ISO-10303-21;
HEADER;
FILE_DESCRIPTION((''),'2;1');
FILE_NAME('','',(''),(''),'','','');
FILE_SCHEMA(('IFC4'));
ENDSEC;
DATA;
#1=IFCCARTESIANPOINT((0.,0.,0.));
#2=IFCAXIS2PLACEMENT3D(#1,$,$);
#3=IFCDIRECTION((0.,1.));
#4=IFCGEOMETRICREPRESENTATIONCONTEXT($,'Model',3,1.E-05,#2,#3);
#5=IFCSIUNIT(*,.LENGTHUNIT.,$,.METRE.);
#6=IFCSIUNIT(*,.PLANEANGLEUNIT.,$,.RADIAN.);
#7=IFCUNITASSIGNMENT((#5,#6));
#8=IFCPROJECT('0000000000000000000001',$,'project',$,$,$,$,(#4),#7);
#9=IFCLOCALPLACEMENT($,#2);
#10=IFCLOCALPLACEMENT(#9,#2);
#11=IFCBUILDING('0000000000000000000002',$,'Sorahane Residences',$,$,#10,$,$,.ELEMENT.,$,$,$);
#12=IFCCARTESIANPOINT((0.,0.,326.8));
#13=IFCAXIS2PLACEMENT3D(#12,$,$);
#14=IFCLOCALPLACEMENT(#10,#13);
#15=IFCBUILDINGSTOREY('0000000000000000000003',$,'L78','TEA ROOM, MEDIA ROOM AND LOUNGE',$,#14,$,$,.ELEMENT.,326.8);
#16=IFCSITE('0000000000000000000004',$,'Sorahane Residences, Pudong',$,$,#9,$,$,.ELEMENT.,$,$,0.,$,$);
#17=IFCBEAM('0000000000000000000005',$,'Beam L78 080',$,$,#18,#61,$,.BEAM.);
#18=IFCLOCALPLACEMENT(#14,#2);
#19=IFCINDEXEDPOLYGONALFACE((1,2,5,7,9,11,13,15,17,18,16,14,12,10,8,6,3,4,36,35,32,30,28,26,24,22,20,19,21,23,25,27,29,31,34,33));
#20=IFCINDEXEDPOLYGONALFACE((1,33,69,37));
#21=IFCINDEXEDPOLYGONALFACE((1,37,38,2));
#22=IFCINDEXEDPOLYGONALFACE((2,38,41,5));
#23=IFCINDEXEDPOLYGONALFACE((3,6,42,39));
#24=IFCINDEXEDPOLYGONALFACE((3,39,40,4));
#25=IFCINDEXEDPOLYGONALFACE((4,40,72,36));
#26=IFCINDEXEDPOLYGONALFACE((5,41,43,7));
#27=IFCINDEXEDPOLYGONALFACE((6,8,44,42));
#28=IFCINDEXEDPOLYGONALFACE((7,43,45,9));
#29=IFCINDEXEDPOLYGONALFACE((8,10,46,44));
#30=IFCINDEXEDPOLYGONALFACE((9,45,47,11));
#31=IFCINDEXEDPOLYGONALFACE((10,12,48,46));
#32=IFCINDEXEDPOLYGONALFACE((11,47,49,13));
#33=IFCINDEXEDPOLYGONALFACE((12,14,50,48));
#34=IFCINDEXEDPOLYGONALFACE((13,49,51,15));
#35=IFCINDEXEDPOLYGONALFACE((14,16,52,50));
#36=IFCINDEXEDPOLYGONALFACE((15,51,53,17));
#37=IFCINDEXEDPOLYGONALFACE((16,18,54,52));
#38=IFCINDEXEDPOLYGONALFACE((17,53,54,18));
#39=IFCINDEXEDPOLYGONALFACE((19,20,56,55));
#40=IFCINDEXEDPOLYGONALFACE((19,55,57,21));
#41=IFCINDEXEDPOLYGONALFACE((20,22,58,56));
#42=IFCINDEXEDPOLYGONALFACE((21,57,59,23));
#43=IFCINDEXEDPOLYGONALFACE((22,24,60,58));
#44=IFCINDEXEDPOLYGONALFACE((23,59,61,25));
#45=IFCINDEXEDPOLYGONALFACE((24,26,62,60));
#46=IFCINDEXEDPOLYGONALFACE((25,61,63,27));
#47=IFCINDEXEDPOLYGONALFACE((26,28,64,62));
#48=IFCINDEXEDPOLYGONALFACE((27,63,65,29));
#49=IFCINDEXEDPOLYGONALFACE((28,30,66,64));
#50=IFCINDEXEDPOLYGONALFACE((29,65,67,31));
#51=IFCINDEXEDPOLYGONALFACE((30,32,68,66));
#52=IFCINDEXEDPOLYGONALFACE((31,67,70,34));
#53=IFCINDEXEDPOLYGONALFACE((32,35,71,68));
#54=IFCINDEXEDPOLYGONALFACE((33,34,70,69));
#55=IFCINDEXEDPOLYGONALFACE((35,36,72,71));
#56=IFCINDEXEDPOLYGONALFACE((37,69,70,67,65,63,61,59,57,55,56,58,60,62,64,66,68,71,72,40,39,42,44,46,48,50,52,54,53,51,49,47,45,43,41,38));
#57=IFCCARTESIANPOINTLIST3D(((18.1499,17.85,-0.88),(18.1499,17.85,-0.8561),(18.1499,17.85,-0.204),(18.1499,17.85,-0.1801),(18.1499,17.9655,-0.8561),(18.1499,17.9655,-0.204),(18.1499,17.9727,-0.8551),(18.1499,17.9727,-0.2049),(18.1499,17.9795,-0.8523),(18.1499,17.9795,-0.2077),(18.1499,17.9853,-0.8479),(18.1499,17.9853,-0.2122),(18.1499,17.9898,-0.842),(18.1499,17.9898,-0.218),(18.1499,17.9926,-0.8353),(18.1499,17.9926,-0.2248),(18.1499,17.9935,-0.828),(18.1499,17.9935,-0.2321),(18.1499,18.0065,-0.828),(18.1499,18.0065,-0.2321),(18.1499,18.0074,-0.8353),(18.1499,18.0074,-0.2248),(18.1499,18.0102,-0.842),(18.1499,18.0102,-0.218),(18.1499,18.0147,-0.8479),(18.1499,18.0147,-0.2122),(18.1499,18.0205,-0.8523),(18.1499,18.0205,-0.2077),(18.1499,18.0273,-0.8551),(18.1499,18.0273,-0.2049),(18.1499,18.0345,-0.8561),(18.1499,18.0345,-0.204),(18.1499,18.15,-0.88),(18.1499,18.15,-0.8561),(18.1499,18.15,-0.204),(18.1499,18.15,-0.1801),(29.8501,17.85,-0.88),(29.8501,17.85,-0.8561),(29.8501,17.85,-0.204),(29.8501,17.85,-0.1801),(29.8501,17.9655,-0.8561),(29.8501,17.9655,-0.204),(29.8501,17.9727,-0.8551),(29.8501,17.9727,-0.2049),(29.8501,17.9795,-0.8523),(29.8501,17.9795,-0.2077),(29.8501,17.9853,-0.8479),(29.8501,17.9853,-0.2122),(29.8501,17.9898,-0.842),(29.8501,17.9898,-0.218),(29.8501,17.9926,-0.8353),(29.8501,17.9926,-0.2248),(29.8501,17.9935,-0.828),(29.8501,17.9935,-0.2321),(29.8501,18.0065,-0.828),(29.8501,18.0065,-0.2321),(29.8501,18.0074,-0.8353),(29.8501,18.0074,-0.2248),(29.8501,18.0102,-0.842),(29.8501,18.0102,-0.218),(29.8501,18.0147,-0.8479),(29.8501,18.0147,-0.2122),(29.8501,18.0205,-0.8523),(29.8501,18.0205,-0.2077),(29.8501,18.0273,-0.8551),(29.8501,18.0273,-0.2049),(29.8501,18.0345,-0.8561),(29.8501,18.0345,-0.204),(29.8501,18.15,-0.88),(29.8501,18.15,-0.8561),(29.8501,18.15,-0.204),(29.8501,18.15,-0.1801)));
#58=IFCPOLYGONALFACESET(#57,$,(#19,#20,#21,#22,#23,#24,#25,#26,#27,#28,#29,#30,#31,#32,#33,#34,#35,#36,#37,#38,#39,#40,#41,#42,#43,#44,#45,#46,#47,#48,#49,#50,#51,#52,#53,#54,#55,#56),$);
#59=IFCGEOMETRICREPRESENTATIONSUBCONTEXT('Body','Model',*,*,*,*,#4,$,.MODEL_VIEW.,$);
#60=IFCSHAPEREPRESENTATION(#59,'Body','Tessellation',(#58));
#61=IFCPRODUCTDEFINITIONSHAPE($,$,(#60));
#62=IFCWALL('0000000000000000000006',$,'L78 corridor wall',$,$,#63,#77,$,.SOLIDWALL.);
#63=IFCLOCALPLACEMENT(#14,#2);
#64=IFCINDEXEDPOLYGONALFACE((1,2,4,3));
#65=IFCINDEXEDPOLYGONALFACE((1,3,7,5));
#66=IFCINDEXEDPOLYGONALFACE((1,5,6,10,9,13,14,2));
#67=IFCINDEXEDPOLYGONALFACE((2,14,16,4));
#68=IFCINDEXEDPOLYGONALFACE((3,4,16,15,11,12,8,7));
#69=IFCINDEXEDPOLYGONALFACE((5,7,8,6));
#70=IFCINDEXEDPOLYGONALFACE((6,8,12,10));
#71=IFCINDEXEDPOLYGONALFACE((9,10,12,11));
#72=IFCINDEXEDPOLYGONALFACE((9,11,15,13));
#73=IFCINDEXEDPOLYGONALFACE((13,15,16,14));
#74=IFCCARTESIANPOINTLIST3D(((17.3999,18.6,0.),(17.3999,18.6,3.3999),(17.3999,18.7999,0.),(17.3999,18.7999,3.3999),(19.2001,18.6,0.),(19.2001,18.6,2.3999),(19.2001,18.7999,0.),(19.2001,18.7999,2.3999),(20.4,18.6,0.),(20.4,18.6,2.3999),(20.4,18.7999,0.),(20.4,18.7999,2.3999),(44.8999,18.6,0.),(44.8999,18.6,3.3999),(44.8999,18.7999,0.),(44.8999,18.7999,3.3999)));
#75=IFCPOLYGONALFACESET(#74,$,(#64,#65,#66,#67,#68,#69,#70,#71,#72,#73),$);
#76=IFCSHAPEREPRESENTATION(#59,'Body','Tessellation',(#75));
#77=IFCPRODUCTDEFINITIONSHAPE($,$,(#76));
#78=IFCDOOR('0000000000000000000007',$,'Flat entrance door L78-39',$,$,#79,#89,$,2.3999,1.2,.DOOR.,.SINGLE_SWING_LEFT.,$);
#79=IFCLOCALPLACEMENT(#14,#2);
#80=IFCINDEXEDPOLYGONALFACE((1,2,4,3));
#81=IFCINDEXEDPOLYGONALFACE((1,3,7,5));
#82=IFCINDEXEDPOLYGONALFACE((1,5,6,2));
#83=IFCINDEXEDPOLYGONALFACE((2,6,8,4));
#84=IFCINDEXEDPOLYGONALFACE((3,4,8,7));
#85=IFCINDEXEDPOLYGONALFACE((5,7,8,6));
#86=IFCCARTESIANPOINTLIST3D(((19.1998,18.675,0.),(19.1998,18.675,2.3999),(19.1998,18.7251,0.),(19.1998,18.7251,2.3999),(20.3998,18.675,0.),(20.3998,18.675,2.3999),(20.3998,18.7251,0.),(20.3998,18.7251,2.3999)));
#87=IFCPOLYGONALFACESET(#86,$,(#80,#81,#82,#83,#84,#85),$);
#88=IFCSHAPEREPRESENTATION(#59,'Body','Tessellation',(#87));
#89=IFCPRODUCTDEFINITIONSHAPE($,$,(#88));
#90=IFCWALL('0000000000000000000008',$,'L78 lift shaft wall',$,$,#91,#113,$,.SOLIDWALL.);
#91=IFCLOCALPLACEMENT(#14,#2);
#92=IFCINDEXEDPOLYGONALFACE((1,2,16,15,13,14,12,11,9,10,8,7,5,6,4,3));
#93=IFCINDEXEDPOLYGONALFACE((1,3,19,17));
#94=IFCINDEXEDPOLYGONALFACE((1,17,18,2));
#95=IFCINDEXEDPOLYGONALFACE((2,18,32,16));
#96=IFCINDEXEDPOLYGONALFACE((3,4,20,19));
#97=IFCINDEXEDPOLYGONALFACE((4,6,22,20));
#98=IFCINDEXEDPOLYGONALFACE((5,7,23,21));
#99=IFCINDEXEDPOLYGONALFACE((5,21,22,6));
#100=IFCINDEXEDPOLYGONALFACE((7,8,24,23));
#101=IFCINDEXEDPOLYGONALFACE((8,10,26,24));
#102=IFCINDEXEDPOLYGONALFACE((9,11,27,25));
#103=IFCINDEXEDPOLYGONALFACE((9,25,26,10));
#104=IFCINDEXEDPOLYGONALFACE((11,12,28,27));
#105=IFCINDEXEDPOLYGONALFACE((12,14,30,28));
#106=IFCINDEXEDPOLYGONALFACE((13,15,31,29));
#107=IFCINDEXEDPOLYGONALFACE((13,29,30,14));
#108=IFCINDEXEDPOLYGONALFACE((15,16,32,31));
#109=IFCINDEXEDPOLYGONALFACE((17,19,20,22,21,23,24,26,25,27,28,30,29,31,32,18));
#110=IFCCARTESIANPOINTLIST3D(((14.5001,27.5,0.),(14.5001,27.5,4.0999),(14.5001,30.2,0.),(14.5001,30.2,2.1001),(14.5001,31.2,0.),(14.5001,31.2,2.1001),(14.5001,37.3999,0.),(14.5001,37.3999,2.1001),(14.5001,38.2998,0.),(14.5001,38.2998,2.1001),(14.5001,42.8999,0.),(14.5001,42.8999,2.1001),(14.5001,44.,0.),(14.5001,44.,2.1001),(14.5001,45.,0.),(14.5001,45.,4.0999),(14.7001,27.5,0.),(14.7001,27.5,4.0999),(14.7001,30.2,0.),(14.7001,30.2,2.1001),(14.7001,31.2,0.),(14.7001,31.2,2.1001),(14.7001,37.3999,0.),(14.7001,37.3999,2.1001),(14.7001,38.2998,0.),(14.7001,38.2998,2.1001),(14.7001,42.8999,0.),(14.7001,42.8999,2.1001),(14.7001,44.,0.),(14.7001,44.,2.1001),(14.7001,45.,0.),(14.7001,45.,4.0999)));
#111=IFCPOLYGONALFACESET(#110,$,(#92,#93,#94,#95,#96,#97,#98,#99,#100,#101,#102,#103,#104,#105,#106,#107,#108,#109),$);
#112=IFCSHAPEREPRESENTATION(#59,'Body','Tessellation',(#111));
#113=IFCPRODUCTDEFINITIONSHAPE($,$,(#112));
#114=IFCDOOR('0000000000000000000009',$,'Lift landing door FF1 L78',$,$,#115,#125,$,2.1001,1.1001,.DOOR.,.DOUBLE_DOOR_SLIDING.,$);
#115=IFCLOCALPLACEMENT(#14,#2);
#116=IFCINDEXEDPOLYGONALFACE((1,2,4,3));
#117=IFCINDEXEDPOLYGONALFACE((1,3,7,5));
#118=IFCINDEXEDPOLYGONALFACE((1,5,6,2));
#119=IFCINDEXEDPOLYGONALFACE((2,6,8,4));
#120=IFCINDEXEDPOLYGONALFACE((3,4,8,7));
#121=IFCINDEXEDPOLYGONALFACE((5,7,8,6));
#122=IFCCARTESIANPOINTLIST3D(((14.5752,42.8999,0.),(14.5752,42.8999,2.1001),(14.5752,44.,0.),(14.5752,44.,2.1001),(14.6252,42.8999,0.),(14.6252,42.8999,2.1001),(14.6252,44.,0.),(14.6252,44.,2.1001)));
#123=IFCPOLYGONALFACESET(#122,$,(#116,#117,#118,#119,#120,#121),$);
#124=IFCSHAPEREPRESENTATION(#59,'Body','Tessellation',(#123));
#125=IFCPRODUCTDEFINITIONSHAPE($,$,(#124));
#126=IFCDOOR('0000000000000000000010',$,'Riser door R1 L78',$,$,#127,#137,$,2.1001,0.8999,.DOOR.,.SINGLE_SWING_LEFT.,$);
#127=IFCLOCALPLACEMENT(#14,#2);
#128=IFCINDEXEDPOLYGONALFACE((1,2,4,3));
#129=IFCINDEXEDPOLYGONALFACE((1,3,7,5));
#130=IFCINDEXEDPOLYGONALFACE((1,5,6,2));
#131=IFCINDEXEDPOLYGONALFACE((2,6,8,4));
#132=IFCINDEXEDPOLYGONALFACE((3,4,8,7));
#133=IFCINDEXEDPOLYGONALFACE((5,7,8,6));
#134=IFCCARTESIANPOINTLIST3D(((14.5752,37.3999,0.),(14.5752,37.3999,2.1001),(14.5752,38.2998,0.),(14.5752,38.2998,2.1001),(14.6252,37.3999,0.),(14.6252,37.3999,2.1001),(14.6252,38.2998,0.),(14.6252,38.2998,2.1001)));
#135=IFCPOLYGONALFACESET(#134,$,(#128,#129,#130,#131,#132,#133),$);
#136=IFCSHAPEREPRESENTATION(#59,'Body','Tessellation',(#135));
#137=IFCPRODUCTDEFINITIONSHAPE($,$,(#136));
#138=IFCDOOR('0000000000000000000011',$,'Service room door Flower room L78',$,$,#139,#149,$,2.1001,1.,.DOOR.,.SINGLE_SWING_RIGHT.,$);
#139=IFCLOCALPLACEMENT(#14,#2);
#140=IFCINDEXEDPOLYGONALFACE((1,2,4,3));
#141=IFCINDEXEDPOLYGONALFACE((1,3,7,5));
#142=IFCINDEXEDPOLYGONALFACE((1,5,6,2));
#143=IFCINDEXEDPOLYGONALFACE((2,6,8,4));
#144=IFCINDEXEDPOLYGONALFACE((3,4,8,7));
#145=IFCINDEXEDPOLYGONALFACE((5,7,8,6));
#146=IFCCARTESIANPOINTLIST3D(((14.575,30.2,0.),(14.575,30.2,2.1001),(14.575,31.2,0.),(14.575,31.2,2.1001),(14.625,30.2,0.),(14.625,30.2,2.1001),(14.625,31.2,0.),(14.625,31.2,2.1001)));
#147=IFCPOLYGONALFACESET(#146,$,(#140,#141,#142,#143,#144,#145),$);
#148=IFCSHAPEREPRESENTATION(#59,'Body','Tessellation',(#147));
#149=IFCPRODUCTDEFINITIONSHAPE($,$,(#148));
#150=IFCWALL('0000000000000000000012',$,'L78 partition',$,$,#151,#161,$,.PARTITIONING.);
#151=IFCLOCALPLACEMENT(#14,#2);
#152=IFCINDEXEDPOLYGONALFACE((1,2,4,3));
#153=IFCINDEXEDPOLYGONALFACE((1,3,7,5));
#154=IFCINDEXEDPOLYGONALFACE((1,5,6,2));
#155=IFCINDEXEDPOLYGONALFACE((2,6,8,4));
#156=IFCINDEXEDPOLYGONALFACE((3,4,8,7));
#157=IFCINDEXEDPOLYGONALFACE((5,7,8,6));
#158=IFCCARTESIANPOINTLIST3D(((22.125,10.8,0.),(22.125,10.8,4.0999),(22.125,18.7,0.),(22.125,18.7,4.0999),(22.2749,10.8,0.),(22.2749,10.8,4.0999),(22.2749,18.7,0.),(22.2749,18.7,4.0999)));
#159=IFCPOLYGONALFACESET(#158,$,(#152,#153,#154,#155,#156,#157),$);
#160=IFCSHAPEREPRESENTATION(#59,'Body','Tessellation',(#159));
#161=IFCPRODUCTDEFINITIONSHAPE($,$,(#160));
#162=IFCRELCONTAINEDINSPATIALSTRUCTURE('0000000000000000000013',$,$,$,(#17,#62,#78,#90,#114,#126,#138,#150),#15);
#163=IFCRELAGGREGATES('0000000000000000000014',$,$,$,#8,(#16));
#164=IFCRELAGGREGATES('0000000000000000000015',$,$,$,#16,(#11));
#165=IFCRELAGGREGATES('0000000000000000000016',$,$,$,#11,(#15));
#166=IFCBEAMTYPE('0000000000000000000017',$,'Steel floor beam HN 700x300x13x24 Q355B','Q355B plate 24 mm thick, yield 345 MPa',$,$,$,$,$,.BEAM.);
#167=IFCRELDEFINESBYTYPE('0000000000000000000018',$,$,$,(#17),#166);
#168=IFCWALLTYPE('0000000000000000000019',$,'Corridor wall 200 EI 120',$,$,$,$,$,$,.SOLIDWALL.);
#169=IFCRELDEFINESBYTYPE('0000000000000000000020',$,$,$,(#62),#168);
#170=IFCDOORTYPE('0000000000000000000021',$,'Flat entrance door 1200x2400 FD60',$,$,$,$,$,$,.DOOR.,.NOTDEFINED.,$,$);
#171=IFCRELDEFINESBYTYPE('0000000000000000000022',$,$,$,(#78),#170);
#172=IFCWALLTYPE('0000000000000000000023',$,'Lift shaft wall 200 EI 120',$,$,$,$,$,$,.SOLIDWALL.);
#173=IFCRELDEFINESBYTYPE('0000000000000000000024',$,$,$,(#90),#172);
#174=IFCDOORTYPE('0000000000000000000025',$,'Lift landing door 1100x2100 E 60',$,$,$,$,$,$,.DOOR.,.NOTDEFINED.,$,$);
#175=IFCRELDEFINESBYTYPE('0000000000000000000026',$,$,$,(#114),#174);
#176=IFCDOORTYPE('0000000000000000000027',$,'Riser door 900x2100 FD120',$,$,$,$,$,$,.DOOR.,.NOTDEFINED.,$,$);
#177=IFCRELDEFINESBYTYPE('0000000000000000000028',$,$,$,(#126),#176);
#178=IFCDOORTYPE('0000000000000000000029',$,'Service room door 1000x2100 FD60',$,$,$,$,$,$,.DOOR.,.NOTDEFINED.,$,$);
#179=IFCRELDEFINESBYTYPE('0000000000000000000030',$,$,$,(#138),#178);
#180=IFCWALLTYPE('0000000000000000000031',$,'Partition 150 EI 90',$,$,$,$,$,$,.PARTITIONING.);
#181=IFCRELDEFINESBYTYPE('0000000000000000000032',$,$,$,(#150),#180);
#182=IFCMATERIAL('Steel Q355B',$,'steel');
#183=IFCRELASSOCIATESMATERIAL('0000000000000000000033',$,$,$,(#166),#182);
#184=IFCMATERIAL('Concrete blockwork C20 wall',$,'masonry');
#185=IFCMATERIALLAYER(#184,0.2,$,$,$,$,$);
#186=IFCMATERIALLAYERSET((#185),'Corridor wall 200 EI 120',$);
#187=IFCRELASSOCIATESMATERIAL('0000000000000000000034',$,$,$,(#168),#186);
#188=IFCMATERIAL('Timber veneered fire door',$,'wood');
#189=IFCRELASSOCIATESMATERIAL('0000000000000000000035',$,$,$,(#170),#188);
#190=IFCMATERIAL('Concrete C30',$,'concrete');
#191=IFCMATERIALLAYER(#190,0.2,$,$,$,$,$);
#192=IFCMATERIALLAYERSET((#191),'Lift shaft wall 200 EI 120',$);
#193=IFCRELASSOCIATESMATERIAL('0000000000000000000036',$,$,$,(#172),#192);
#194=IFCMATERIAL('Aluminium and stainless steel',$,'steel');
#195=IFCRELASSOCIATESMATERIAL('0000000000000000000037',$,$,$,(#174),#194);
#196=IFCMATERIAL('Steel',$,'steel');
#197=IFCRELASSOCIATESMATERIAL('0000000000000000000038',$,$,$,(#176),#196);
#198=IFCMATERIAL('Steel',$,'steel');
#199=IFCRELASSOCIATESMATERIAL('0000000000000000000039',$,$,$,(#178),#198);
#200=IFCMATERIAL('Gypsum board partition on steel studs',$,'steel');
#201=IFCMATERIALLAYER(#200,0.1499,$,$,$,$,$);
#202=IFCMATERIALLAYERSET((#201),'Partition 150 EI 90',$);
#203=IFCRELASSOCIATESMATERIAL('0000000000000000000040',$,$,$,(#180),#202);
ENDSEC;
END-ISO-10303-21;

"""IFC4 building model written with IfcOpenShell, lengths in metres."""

from ifc_helpers import new_model, si_unit, direction, frame, frame_2d, origin, origin_2d, place, context, subcontext, project, spatial, rectangle, i_section, extrude, material, layer, layer_set, material_profile, profile_set, type_object, element, fill, save


model = new_model("IFC4")

# Units and contexts
model_context = context("Model", 3, precision=1e-05, world=origin(), true_north=direction((0.0, 1.0)))
body_context = subcontext(model_context, "Body", "Model", "MODEL_VIEW")
ifc_project = project(units=[si_unit("LENGTHUNIT", "METRE"), si_unit("PLANEANGLEUNIT", "RADIAN")], contexts=[model_context])

# Site, building, storey
site_placement = place(None, origin())
site = spatial("IfcSite", under=ifc_project, at=site_placement, Name="Sorahane Residences, Pudong", CompositionType="ELEMENT", RefElevation=0.0)
building_placement = place(site_placement, origin())
building = spatial("IfcBuilding", under=site, at=building_placement, Name="Sorahane Residences", CompositionType="ELEMENT")
storey_placement = place(building_placement, frame((0.0, 0.0, 326.8)))
storey = spatial("IfcBuildingStorey", under=building, at=storey_placement, Name="L78", Description="TEA ROOM, MEDIA ROOM AND LOUNGE", CompositionType="ELEMENT", Elevation=326.8)

# Beam
ifc_material_1 = material(Name="Steel Q355B", Category="steel")
ifc_material_profile_1 = material_profile(ifc_material_1, i_section(OverallWidth=0.3, OverallDepth=0.7, WebThickness=0.0129, FlangeThickness=0.0239, FilletRadius=0.0281, at=origin_2d()), Name="HN 700x300x13x24")
ifc_profile_set_1 = profile_set([ifc_material_profile_1], Name="Steel Q355B")
beam_type_1 = type_object("IfcBeamType", Name="Steel floor beam HN 700x300x13x24 Q355B", Description="Q355B plate 24 mm thick, yield 345 MPa", PredefinedType="BEAM", material=ifc_profile_set_1)
beam_1_placement = place(storey_placement, frame((18.1499, 18.0, -0.53), z_axis=(1.0, 0.0, 0.0), x_axis=(0.0, 1.0, 0.0)))
element("IfcBeam", 1, at=beam_1_placement, inside=storey, type_object=beam_type_1, Name="Beam L78 080", PredefinedType="BEAM", context=body_context, shape_type="SweptSolid", body=[
    extrude(i_section(OverallWidth=0.3, OverallDepth=0.7, WebThickness=0.0129, FlangeThickness=0.0239, FilletRadius=0.0281, at=origin_2d()), origin(), (0.0, 0.0, 1.0), 11.7002),
])

# Wall, opening, door
ifc_material_2 = material(Name="Concrete blockwork C20 wall", Category="masonry")
ifc_layer_1 = layer(ifc_material_2, 0.2)
ifc_layer_set_1 = layer_set([ifc_layer_1], Name="Corridor wall 200 EI 120")
wall_type_1 = type_object("IfcWallType", Name="Corridor wall 200 EI 120", PredefinedType="SOLIDWALL", material=ifc_layer_set_1)
wall_1_placement = place(storey_placement, frame((17.3999, 18.7, 0.0), z_axis=(0.0, 0.0, 1.0), x_axis=(1.0, 0.0, 0.0)))
wall_1 = element("IfcWall", 2, at=wall_1_placement, inside=storey, type_object=wall_type_1, Name="L78 corridor wall", PredefinedType="SOLIDWALL", context=body_context, shape_type="SweptSolid", body=[
    extrude(rectangle(XDim=27.5, YDim=0.2, at=frame_2d((13.75, 0.0))), origin(), (0.0, 0.0, 1.0), 3.3999),
])
opening_1_placement = place(wall_1_placement, frame((1.8, 0.0, 0.0)))
opening_1 = element("IfcOpeningElement", 3, at=opening_1_placement, cuts=wall_1, PredefinedType="OPENING", context=body_context, shape_type="SweptSolid", body=[
    extrude(rectangle(XDim=1.2, YDim=2.3999, at=frame_2d((0.6001, 1.2))), frame((0.0, 0.1099, 0.0), z_axis=(0.0, -1.0, 0.0), x_axis=(1.0, 0.0, 0.0)), (0.0, 0.0, 1.0), 0.22),
])
ifc_material_3 = material(Name="Timber veneered fire door", Category="wood")
door_type_1 = type_object("IfcDoorType", Name="Flat entrance door 1200x2400 FD60", OperationType="NOTDEFINED", PredefinedType="DOOR", material=ifc_material_3)
door_1_placement = place(opening_1_placement, frame((1.2, 0.0, 0.0), z_axis=(0.0, 0.0, 1.0), x_axis=(-1.0, 0.0, 0.0)))
door_1 = element("IfcDoor", 4, at=door_1_placement, inside=storey, type_object=door_type_1, Name="Flat entrance door L78-39", OperationType="SINGLE_SWING_LEFT", OverallHeight=2.3999, OverallWidth=1.2, PredefinedType="DOOR", context=body_context, shape_type="SweptSolid", body=[
    extrude(rectangle(XDim=1.2, YDim=2.3999, at=frame_2d((0.6001, 1.2))), frame((0.0, 0.0249, 0.0), z_axis=(0.0, -1.0, 0.0), x_axis=(1.0, 0.0, 0.0)), (0.0, 0.0, 1.0), 0.05),
])
fill(opening_1, door_1)

# Wall, openings, doors
ifc_material_4 = material(Name="Concrete C30", Category="concrete")
ifc_layer_2 = layer(ifc_material_4, 0.2)
ifc_layer_set_2 = layer_set([ifc_layer_2], Name="Lift shaft wall 200 EI 120")
wall_type_2 = type_object("IfcWallType", Name="Lift shaft wall 200 EI 120", PredefinedType="SOLIDWALL", material=ifc_layer_set_2)
wall_2_placement = place(storey_placement, frame((14.6001, 27.5, 0.0), z_axis=(0.0, 0.0, 1.0), x_axis=(0.0, 1.0, 0.0)))
wall_2 = element("IfcWall", 5, at=wall_2_placement, inside=storey, type_object=wall_type_2, Name="L78 lift shaft wall", PredefinedType="SOLIDWALL", context=body_context, shape_type="SweptSolid", body=[
    extrude(rectangle(XDim=17.5, YDim=0.2, at=frame_2d((8.75, 0.0))), origin(), (0.0, 0.0, 1.0), 4.0999),
])
opening_2_placement = place(wall_2_placement, frame((15.3999, 0.0, 0.0)))
opening_2 = element("IfcOpeningElement", 6, at=opening_2_placement, cuts=wall_2, PredefinedType="OPENING", context=body_context, shape_type="SweptSolid", body=[
    extrude(rectangle(XDim=1.1001, YDim=2.1001, at=frame_2d((0.55, 1.05))), frame((0.0, 0.1099, 0.0), z_axis=(0.0, -1.0, 0.0), x_axis=(1.0, 0.0, 0.0)), (0.0, 0.0, 1.0), 0.22),
])
opening_3_placement = place(wall_2_placement, frame((2.7, 0.0, 0.0)))
opening_3 = element("IfcOpeningElement", 7, at=opening_3_placement, cuts=wall_2, PredefinedType="OPENING", context=body_context, shape_type="SweptSolid", body=[
    extrude(rectangle(XDim=1.0, YDim=2.1001, at=frame_2d((0.5, 1.05))), frame((0.0, 0.1099, 0.0), z_axis=(0.0, -1.0, 0.0), x_axis=(1.0, 0.0, 0.0)), (0.0, 0.0, 1.0), 0.22),
])
opening_4_placement = place(wall_2_placement, frame((9.8999, 0.0, 0.0)))
opening_4 = element("IfcOpeningElement", 8, at=opening_4_placement, cuts=wall_2, PredefinedType="OPENING", context=body_context, shape_type="SweptSolid", body=[
    extrude(rectangle(XDim=0.8999, YDim=2.1001, at=frame_2d((0.45, 1.05))), frame((0.0, 0.1099, 0.0), z_axis=(0.0, -1.0, 0.0), x_axis=(1.0, 0.0, 0.0)), (0.0, 0.0, 1.0), 0.22),
])
ifc_material_5 = material(Name="Aluminium and stainless steel", Category="steel")
door_type_2 = type_object("IfcDoorType", Name="Lift landing door 1100x2100 E 60", OperationType="NOTDEFINED", PredefinedType="DOOR", material=ifc_material_5)
door_2_placement = place(opening_2_placement, origin())
door_2 = element("IfcDoor", 9, at=door_2_placement, inside=storey, type_object=door_type_2, Name="Lift landing door FF1 L78", OperationType="DOUBLE_DOOR_SLIDING", OverallHeight=2.1001, OverallWidth=1.1001, PredefinedType="DOOR", context=body_context, shape_type="SweptSolid", body=[
    extrude(rectangle(XDim=1.1001, YDim=2.1001, at=frame_2d((0.55, 1.05))), frame((0.0, 0.0249, 0.0), z_axis=(0.0, -1.0, 0.0), x_axis=(1.0, 0.0, 0.0)), (0.0, 0.0, 1.0), 0.05),
])
fill(opening_2, door_2)
ifc_material_6 = material(Name="Steel", Category="steel")
door_type_3 = type_object("IfcDoorType", Name="Riser door 900x2100 FD120", OperationType="NOTDEFINED", PredefinedType="DOOR", material=ifc_material_6)
door_3_placement = place(opening_4_placement, origin())
door_3 = element("IfcDoor", 10, at=door_3_placement, inside=storey, type_object=door_type_3, Name="Riser door R1 L78", OperationType="SINGLE_SWING_LEFT", OverallHeight=2.1001, OverallWidth=0.8999, PredefinedType="DOOR", context=body_context, shape_type="SweptSolid", body=[
    extrude(rectangle(XDim=0.8999, YDim=2.1001, at=frame_2d((0.45, 1.05))), frame((0.0, 0.0249, 0.0), z_axis=(0.0, -1.0, 0.0), x_axis=(1.0, 0.0, 0.0)), (0.0, 0.0, 1.0), 0.05),
])
fill(opening_4, door_3)
ifc_material_7 = material(Name="Steel", Category="steel")
door_type_4 = type_object("IfcDoorType", Name="Service room door 1000x2100 FD60", OperationType="NOTDEFINED", PredefinedType="DOOR", material=ifc_material_7)
door_4_placement = place(opening_3_placement, frame((1.0, 0.0, 0.0), z_axis=(0.0, 0.0, 1.0), x_axis=(-1.0, 0.0, 0.0)))
door_4 = element("IfcDoor", 11, at=door_4_placement, inside=storey, type_object=door_type_4, Name="Service room door Flower room L78", OperationType="SINGLE_SWING_RIGHT", OverallHeight=2.1001, OverallWidth=1.0, PredefinedType="DOOR", context=body_context, shape_type="SweptSolid", body=[
    extrude(rectangle(XDim=1.0, YDim=2.1001, at=frame_2d((0.5, 1.05))), frame((0.0, 0.0249, 0.0), z_axis=(0.0, -1.0, 0.0), x_axis=(1.0, 0.0, 0.0)), (0.0, 0.0, 1.0), 0.05),
])
fill(opening_3, door_4)

# Wall
ifc_material_8 = material(Name="Gypsum board partition on steel studs", Category="steel")
ifc_layer_3 = layer(ifc_material_8, 0.1499)
ifc_layer_set_3 = layer_set([ifc_layer_3], Name="Partition 150 EI 90")
wall_type_3 = type_object("IfcWallType", Name="Partition 150 EI 90", PredefinedType="PARTITIONING", material=ifc_layer_set_3)
wall_3_placement = place(storey_placement, frame((22.2, 10.8, 0.0), z_axis=(0.0, 0.0, 1.0), x_axis=(0.0, 1.0, 0.0)))
element("IfcWall", 12, at=wall_3_placement, inside=storey, type_object=wall_type_3, Name="L78 partition", PredefinedType="PARTITIONING", context=body_context, shape_type="SweptSolid", body=[
    extrude(rectangle(XDim=7.8999, YDim=0.1499, at=frame_2d((3.95, 0.0))), origin(), (0.0, 0.0, 1.0), 4.0999),
])

save(model, "model.ifc")
